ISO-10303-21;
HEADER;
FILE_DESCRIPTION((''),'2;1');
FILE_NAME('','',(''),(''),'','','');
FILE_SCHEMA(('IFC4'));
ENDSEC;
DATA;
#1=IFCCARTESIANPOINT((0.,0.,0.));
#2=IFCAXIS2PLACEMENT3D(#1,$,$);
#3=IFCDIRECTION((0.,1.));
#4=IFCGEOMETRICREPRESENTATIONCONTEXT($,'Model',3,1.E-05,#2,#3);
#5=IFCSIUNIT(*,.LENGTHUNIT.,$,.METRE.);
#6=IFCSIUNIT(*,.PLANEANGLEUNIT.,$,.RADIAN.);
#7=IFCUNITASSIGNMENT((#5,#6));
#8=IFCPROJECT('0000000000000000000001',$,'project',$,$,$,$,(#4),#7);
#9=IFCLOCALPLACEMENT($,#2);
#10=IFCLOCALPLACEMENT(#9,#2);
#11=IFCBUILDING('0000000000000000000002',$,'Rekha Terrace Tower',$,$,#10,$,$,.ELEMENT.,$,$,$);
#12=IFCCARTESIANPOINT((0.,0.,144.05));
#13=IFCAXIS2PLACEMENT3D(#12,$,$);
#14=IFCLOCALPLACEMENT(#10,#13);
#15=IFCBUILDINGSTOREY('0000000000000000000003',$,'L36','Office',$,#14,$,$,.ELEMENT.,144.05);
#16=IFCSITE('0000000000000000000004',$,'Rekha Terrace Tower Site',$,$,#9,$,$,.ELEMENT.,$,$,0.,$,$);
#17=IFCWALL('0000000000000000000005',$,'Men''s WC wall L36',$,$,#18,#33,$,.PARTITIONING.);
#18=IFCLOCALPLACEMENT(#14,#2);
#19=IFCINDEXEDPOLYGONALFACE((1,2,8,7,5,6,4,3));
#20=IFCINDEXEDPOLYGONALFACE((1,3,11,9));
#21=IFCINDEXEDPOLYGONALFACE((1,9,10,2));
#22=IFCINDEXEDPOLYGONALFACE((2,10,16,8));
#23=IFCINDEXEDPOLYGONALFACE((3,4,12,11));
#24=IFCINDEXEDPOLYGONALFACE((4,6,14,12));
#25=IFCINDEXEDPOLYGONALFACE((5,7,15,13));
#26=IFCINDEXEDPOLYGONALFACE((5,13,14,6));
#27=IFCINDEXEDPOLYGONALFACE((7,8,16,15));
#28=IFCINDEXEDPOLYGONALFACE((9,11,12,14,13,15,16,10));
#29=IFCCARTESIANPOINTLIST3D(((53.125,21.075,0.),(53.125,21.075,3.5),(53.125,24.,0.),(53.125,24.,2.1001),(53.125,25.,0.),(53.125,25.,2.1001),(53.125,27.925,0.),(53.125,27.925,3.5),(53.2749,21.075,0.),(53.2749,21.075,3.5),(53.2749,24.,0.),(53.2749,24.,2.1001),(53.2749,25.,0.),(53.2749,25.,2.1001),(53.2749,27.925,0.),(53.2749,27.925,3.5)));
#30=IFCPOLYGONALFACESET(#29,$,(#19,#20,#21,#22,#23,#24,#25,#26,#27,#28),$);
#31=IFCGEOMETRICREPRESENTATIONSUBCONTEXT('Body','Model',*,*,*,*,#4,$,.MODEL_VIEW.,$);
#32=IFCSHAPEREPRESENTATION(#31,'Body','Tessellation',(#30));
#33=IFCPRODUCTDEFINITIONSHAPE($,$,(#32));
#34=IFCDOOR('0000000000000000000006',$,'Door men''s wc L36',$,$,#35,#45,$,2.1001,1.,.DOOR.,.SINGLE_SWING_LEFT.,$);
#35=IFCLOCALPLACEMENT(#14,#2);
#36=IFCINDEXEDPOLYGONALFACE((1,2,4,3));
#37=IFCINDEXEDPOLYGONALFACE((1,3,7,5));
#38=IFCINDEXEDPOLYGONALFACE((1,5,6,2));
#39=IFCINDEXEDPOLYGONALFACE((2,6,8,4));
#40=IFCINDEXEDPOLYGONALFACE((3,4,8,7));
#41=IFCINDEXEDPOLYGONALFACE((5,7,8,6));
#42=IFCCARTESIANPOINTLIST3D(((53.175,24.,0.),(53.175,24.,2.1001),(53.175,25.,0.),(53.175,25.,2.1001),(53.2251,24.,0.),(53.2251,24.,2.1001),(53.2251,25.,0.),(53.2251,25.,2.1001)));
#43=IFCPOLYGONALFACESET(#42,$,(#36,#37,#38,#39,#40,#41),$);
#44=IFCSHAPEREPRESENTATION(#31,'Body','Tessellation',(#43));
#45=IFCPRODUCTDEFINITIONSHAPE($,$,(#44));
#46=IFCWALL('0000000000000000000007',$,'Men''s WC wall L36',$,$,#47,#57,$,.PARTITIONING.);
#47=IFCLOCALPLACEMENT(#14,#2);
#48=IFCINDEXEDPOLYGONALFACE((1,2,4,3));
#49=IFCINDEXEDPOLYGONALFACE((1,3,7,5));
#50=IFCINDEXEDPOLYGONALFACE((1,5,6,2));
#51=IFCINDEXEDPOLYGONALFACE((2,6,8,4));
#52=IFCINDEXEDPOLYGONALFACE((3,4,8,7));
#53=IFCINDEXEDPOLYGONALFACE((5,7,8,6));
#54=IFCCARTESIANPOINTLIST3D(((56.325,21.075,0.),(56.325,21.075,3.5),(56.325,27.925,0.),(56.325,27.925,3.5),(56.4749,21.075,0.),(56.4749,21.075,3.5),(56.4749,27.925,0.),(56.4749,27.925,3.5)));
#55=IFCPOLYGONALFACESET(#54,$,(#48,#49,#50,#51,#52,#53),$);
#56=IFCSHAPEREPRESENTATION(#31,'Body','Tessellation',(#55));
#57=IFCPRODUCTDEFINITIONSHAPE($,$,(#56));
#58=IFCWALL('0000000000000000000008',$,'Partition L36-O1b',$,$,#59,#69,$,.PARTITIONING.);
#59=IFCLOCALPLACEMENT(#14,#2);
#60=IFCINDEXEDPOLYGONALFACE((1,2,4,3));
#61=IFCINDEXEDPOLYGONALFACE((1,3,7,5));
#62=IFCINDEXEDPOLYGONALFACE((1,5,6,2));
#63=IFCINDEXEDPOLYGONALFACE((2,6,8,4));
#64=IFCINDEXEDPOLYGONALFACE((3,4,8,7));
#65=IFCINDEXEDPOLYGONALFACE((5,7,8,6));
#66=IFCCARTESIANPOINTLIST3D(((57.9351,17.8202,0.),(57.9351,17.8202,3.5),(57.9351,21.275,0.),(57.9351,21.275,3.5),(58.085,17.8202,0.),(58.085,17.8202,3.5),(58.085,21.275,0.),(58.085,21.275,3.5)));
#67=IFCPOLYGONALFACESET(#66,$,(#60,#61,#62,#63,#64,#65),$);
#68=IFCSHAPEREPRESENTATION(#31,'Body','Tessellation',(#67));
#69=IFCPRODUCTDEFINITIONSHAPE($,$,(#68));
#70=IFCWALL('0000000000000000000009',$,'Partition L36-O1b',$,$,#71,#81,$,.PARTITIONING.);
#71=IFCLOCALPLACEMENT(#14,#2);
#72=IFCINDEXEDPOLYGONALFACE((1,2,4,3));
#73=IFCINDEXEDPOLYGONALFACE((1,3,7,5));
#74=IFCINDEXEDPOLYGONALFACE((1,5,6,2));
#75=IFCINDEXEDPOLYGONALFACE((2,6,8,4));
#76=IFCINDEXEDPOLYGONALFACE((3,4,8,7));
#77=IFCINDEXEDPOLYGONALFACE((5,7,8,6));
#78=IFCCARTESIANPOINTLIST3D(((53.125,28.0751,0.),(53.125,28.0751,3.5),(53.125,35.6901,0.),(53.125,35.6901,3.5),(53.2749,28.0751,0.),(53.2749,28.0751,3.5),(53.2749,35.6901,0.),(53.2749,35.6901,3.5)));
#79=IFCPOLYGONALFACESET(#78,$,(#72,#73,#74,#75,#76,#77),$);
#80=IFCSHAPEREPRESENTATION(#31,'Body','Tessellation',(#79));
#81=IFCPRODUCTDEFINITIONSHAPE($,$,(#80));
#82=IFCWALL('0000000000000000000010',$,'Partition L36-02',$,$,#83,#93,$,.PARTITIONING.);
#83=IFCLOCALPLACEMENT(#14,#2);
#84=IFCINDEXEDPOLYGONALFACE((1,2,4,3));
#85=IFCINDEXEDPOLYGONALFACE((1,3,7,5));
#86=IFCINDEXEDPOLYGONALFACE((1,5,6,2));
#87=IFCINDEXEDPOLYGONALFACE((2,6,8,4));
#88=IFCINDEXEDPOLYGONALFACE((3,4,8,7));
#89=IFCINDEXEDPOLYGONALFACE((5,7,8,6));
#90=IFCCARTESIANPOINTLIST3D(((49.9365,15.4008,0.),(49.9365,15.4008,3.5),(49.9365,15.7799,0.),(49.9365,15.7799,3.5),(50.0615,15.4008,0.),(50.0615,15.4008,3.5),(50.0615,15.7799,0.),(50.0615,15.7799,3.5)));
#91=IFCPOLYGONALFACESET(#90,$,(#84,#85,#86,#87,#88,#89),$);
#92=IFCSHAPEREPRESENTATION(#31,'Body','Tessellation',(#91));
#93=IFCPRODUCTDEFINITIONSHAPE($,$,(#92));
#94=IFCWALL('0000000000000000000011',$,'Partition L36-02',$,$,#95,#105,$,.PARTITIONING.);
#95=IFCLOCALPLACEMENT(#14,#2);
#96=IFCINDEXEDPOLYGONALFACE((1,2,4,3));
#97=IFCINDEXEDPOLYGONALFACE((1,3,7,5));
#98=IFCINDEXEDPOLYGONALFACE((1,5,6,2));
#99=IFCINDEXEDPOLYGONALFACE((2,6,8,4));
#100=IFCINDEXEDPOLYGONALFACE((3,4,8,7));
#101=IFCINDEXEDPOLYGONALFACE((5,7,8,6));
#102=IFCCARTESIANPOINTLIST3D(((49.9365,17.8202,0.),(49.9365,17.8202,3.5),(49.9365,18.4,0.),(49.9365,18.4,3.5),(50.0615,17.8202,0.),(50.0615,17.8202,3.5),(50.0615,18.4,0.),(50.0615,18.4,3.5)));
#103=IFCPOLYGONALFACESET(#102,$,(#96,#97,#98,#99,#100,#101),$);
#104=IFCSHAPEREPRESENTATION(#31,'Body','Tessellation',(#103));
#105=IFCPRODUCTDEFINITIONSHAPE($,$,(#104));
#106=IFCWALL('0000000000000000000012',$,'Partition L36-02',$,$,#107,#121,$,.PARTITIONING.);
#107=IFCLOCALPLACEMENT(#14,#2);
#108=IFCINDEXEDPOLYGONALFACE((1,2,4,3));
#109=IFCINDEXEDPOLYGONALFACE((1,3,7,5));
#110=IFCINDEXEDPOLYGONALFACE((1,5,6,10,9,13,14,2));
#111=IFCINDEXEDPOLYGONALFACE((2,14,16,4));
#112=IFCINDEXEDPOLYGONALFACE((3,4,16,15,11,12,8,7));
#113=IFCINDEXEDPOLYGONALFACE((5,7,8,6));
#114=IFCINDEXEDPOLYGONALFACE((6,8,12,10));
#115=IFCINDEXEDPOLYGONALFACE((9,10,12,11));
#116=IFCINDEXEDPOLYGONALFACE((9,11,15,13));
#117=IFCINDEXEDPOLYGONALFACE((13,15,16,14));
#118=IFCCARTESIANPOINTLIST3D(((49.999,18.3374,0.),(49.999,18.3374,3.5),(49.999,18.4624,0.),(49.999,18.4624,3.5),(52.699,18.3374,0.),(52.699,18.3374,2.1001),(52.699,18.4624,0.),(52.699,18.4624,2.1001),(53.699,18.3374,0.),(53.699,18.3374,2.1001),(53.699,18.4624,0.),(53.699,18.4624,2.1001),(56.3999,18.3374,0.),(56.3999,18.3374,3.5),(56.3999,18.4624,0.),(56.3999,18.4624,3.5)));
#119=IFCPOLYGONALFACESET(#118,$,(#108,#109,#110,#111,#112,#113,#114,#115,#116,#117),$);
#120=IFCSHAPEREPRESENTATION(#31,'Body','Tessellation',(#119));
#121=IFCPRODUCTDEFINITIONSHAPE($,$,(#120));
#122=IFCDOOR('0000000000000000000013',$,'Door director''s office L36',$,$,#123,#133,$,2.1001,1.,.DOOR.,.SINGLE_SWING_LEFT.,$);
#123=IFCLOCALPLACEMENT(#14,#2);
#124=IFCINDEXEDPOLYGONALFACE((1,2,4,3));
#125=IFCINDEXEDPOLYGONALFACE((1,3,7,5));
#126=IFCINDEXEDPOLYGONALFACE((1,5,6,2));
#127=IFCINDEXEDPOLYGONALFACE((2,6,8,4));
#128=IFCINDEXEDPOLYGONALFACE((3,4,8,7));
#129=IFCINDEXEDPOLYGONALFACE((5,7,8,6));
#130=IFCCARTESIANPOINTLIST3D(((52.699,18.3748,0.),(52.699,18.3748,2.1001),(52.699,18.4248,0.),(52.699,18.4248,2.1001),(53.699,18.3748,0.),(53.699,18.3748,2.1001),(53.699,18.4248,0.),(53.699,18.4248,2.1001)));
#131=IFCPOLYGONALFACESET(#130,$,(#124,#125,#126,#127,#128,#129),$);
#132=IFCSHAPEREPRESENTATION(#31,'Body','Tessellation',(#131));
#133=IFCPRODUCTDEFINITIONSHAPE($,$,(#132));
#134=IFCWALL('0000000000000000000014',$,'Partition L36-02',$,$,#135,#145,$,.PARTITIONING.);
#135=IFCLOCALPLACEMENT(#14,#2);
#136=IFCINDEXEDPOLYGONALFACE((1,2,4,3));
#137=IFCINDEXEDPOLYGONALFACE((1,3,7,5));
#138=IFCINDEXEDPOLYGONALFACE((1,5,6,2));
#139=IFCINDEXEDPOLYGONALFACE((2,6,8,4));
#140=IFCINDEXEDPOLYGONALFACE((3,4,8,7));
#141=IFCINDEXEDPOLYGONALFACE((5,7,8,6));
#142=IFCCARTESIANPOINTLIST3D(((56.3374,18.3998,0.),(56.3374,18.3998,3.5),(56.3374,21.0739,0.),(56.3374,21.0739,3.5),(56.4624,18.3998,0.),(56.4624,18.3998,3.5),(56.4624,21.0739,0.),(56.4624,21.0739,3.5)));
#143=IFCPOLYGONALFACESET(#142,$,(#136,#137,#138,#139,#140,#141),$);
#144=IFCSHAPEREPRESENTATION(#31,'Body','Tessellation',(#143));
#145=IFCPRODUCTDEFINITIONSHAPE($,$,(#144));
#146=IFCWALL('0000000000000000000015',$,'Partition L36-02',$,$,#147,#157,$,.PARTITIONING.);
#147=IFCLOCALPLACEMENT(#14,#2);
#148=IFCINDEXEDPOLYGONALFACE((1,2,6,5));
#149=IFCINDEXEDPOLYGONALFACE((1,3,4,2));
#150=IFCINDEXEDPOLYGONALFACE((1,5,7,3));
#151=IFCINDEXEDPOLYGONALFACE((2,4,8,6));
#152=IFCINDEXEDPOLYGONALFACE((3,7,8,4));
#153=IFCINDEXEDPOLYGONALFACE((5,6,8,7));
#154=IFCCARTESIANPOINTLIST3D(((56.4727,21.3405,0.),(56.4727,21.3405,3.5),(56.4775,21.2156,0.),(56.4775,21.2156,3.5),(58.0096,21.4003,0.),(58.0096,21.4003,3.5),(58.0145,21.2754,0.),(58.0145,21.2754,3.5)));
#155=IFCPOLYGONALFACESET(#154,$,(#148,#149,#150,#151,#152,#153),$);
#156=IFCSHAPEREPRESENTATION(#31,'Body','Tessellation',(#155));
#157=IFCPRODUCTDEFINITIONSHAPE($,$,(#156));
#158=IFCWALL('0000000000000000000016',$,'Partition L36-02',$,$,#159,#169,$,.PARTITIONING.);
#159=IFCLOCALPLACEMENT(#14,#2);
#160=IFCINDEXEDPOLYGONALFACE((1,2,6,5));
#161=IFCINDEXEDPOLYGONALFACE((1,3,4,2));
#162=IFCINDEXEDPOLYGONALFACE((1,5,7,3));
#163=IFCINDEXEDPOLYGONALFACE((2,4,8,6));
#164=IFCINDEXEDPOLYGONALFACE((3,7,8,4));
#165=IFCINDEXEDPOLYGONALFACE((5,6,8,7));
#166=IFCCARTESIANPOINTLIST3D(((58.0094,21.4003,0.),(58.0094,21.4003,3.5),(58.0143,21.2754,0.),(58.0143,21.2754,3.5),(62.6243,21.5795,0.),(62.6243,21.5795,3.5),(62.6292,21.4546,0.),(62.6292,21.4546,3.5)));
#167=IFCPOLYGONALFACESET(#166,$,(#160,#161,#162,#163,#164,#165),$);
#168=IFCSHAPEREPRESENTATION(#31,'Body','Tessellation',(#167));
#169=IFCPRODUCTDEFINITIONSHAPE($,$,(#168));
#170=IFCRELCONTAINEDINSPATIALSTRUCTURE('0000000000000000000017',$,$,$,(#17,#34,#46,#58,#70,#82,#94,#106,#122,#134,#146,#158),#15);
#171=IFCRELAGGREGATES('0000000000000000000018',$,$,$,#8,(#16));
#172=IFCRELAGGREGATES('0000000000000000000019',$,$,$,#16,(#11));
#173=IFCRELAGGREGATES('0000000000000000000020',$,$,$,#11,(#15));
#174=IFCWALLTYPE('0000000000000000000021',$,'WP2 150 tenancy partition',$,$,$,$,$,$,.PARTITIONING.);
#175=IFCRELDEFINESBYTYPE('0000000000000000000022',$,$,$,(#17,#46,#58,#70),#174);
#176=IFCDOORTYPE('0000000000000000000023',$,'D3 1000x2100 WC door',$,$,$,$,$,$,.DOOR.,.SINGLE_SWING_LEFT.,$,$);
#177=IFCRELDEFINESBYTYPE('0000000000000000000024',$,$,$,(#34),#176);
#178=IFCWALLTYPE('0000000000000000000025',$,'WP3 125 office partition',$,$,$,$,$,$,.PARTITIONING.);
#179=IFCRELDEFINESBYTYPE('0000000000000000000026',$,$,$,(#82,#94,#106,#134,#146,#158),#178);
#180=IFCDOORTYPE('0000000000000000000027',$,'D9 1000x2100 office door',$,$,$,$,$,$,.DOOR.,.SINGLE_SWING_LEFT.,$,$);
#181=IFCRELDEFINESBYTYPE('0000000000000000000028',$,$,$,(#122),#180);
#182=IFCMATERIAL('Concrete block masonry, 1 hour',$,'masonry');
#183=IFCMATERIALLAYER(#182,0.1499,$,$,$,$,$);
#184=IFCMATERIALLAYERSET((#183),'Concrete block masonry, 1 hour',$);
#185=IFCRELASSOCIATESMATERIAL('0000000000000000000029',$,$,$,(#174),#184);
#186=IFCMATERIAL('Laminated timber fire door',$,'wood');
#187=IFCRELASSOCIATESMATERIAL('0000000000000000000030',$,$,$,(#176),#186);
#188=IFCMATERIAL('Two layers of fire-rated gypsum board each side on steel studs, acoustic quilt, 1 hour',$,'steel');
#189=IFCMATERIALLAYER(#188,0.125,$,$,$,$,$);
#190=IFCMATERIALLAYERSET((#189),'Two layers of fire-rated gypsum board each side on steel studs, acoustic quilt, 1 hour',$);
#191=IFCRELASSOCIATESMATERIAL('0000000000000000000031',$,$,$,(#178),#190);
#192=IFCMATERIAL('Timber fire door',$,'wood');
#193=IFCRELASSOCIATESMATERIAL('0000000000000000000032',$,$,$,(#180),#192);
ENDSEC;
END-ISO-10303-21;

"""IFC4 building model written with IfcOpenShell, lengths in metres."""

from ifc_helpers import new_model, si_unit, direction, frame, frame_2d, origin, place, context, subcontext, project, spatial, rectangle, extrude, material, layer, layer_set, type_object, element, fill, save


model = new_model("IFC4")

# Units and contexts
model_context = context("Model", 3, precision=1e-05, world=origin(), true_north=direction((0.0, 1.0)))
body_context = subcontext(model_context, "Body", "Model", "MODEL_VIEW")
ifc_project = project(units=[si_unit("LENGTHUNIT", "METRE"), si_unit("PLANEANGLEUNIT", "RADIAN")], contexts=[model_context])

# Site, building, storey
site_placement = place(None, origin())
site = spatial("IfcSite", under=ifc_project, at=site_placement, Name="Rekha Terrace Tower Site", CompositionType="ELEMENT", RefElevation=0.0)
building_placement = place(site_placement, origin())
building = spatial("IfcBuilding", under=site, at=building_placement, Name="Rekha Terrace Tower", CompositionType="ELEMENT")
storey_placement = place(building_placement, frame((0.0, 0.0, 144.05)))
storey = spatial("IfcBuildingStorey", under=building, at=storey_placement, Name="L36", Description="Office", CompositionType="ELEMENT", Elevation=144.05)

# Shared definitions
ifc_material_1 = material(Name="Concrete block masonry, 1 hour", Category="masonry")
ifc_layer_1 = layer(ifc_material_1, 0.1499)
ifc_layer_set_1 = layer_set([ifc_layer_1], Name="Concrete block masonry, 1 hour")
wall_type_1 = type_object("IfcWallType", Name="WP2 150 tenancy partition", PredefinedType="PARTITIONING", material=ifc_layer_set_1)

# Wall, opening, door
wall_1_placement = place(storey_placement, frame((53.2, 21.075, 0.0), z_axis=(0.0, 0.0, 1.0), x_axis=(0.0, 1.0, 0.0)))
wall_1 = element("IfcWall", 1, at=wall_1_placement, inside=storey, type_object=wall_type_1, Name="Men's WC wall L36", PredefinedType="PARTITIONING", context=body_context, shape_type="SweptSolid", body=[
    extrude(rectangle(XDim=6.8501, YDim=0.1499, at=frame_2d((3.425, 0.0))), origin(), (0.0, 0.0, 1.0), 3.5),
])
opening_1_placement = place(wall_1_placement, frame((2.925, 0.0, 0.0)))
opening_1 = element("IfcOpeningElement", 2, at=opening_1_placement, cuts=wall_1, PredefinedType="OPENING", context=body_context, shape_type="SweptSolid", body=[
    extrude(rectangle(XDim=1.0, YDim=2.1001, at=frame_2d((0.5, 1.05))), frame((0.0, 0.085, 0.0), z_axis=(0.0, -1.0, 0.0), x_axis=(1.0, 0.0, 0.0)), (0.0, 0.0, 1.0), 0.1699),
])
ifc_material_2 = material(Name="Laminated timber fire door", Category="wood")
door_type_1 = type_object("IfcDoorType", Name="D3 1000x2100 WC door", OperationType="SINGLE_SWING_LEFT", PredefinedType="DOOR", material=ifc_material_2)
door_1_placement = place(opening_1_placement, origin())
door_1 = element("IfcDoor", 3, at=door_1_placement, inside=storey, type_object=door_type_1, Name="Door men's wc L36", OperationType="SINGLE_SWING_LEFT", OverallHeight=2.1001, OverallWidth=1.0, PredefinedType="DOOR", context=body_context, shape_type="SweptSolid", body=[
    extrude(rectangle(XDim=1.0, YDim=2.1001, at=frame_2d((0.5, 1.05))), frame((0.0, 0.0249, 0.0), z_axis=(0.0, -1.0, 0.0), x_axis=(1.0, 0.0, 0.0)), (0.0, 0.0, 1.0), 0.05),
])
fill(opening_1, door_1)

# Walls
wall_2_placement = place(storey_placement, frame((56.3999, 21.075, 0.0), z_axis=(0.0, 0.0, 1.0), x_axis=(0.0, 1.0, 0.0)))
element("IfcWall", 4, at=wall_2_placement, inside=storey, type_object=wall_type_1, Name="Men's WC wall L36", PredefinedType="PARTITIONING", context=body_context, shape_type="SweptSolid", body=[
    extrude(rectangle(XDim=6.8501, YDim=0.1499, at=frame_2d((3.425, 0.0))), origin(), (0.0, 0.0, 1.0), 3.5),
])
wall_3_placement = place(storey_placement, frame((58.01, 17.8201, 0.0), z_axis=(0.0, 0.0, 1.0), x_axis=(0.0, 1.0, 0.0)))
element("IfcWall", 5, at=wall_3_placement, inside=storey, type_object=wall_type_1, Name="Partition L36-O1b", PredefinedType="PARTITIONING", context=body_context, shape_type="SweptSolid", body=[
    extrude(rectangle(XDim=3.4548, YDim=0.1499, at=frame_2d((1.7275, 0.0))), origin(), (0.0, 0.0, 1.0), 3.5),
])
wall_4_placement = place(storey_placement, frame((53.2, 28.075, 0.0), z_axis=(0.0, 0.0, 1.0), x_axis=(0.0, 1.0, 0.0)))
element("IfcWall", 6, at=wall_4_placement, inside=storey, type_object=wall_type_1, Name="Partition L36-O1b", PredefinedType="PARTITIONING", context=body_context, shape_type="SweptSolid", body=[
    extrude(rectangle(XDim=7.615, YDim=0.1499, at=frame_2d((3.8076, 0.0))), origin(), (0.0, 0.0, 1.0), 3.5),
])
ifc_material_3 = material(Name="Two layers of fire-rated gypsum board each side on steel studs, acoustic quilt, 1 hour", Category="steel")
ifc_layer_2 = layer(ifc_material_3, 0.125)
ifc_layer_set_2 = layer_set([ifc_layer_2], Name="Two layers of fire-rated gypsum board each side on steel studs, acoustic quilt, 1 hour")
wall_type_2 = type_object("IfcWallType", Name="WP3 125 office partition", PredefinedType="PARTITIONING", material=ifc_layer_set_2)
wall_5_placement = place(storey_placement, frame((49.999, 15.4009, 0.0), z_axis=(0.0, 0.0, 1.0), x_axis=(0.0, 1.0, 0.0)))
element("IfcWall", 7, at=wall_5_placement, inside=storey, type_object=wall_type_2, Name="Partition L36-02", PredefinedType="PARTITIONING", context=body_context, shape_type="SweptSolid", body=[
    extrude(rectangle(XDim=0.3792, YDim=0.125, at=frame_2d((0.1895, 0.0))), origin(), (0.0, 0.0, 1.0), 3.5),
])
wall_6_placement = place(storey_placement, frame((49.999, 17.8201, 0.0), z_axis=(0.0, 0.0, 1.0), x_axis=(0.0, 1.0, 0.0)))
element("IfcWall", 8, at=wall_6_placement, inside=storey, type_object=wall_type_2, Name="Partition L36-02", PredefinedType="PARTITIONING", context=body_context, shape_type="SweptSolid", body=[
    extrude(rectangle(XDim=0.5798, YDim=0.125, at=frame_2d((0.29, 0.0))), origin(), (0.0, 0.0, 1.0), 3.5),
])

# Wall, opening, door
wall_7_placement = place(storey_placement, frame((49.999, 18.3999, 0.0), z_axis=(0.0, 0.0, 1.0), x_axis=(1.0, 0.0, 0.0)))
wall_7 = element("IfcWall", 9, at=wall_7_placement, inside=storey, type_object=wall_type_2, Name="Partition L36-02", PredefinedType="PARTITIONING", context=body_context, shape_type="SweptSolid", body=[
    extrude(rectangle(XDim=6.4009, YDim=0.125, at=frame_2d((3.2004, 0.0))), origin(), (0.0, 0.0, 1.0), 3.5),
])
opening_2_placement = place(wall_7_placement, frame((2.7, 0.0, 0.0)))
opening_2 = element("IfcOpeningElement", 10, at=opening_2_placement, cuts=wall_7, PredefinedType="OPENING", context=body_context, shape_type="SweptSolid", body=[
    extrude(rectangle(XDim=1.0, YDim=2.1001, at=frame_2d((0.5, 1.05))), frame((0.0, 0.0725, 0.0), z_axis=(0.0, -1.0, 0.0), x_axis=(1.0, 0.0, 0.0)), (0.0, 0.0, 1.0), 0.145),
])
ifc_material_4 = material(Name="Timber fire door", Category="wood")
door_type_2 = type_object("IfcDoorType", Name="D9 1000x2100 office door", OperationType="SINGLE_SWING_LEFT", PredefinedType="DOOR", material=ifc_material_4)
door_2_placement = place(opening_2_placement, origin())
door_2 = element("IfcDoor", 11, at=door_2_placement, inside=storey, type_object=door_type_2, Name="Door director's office L36", OperationType="SINGLE_SWING_LEFT", OverallHeight=2.1001, OverallWidth=1.0, PredefinedType="DOOR", context=body_context, shape_type="SweptSolid", body=[
    extrude(rectangle(XDim=1.0, YDim=2.1001, at=frame_2d((0.5, 1.05))), frame((0.0, 0.0249, 0.0), z_axis=(0.0, -1.0, 0.0), x_axis=(1.0, 0.0, 0.0)), (0.0, 0.0, 1.0), 0.05),
])
fill(opening_2, door_2)

# Walls
wall_8_placement = place(storey_placement, frame((56.3999, 18.3999, 0.0), z_axis=(0.0, 0.0, 1.0), x_axis=(0.0, 1.0, 0.0)))
element("IfcWall", 12, at=wall_8_placement, inside=storey, type_object=wall_type_2, Name="Partition L36-02", PredefinedType="PARTITIONING", context=body_context, shape_type="SweptSolid", body=[
    extrude(rectangle(XDim=2.6741, YDim=0.125, at=frame_2d((1.3369, 0.0))), origin(), (0.0, 0.0, 1.0), 3.5),
])
wall_9_placement = place(storey_placement, frame((56.4751, 21.2781, 0.0), z_axis=(0.0, 0.0, 1.0), x_axis=(0.999243, 0.03889, 0.0)))
element("IfcWall", 13, at=wall_9_placement, inside=storey, type_object=wall_type_2, Name="Partition L36-02", PredefinedType="PARTITIONING", context=body_context, shape_type="SweptSolid", body=[
    extrude(rectangle(XDim=1.5381, YDim=0.125, at=frame_2d((0.769, 0.0))), origin(), (0.0, 0.0, 1.0), 3.5),
])
wall_10_placement = place(storey_placement, frame((58.012, 21.3379, 0.0), z_axis=(0.0, 0.0, 1.0), x_axis=(0.999247, 0.038801, 0.0)))
element("IfcWall", 14, at=wall_10_placement, inside=storey, type_object=wall_type_2, Name="Partition L36-02", PredefinedType="PARTITIONING", context=body_context, shape_type="SweptSolid", body=[
    extrude(rectangle(XDim=4.6184, YDim=0.125, at=frame_2d((2.3091, 0.0))), origin(), (0.0, 0.0, 1.0), 3.5),
])

save(model, "model.ifc")
